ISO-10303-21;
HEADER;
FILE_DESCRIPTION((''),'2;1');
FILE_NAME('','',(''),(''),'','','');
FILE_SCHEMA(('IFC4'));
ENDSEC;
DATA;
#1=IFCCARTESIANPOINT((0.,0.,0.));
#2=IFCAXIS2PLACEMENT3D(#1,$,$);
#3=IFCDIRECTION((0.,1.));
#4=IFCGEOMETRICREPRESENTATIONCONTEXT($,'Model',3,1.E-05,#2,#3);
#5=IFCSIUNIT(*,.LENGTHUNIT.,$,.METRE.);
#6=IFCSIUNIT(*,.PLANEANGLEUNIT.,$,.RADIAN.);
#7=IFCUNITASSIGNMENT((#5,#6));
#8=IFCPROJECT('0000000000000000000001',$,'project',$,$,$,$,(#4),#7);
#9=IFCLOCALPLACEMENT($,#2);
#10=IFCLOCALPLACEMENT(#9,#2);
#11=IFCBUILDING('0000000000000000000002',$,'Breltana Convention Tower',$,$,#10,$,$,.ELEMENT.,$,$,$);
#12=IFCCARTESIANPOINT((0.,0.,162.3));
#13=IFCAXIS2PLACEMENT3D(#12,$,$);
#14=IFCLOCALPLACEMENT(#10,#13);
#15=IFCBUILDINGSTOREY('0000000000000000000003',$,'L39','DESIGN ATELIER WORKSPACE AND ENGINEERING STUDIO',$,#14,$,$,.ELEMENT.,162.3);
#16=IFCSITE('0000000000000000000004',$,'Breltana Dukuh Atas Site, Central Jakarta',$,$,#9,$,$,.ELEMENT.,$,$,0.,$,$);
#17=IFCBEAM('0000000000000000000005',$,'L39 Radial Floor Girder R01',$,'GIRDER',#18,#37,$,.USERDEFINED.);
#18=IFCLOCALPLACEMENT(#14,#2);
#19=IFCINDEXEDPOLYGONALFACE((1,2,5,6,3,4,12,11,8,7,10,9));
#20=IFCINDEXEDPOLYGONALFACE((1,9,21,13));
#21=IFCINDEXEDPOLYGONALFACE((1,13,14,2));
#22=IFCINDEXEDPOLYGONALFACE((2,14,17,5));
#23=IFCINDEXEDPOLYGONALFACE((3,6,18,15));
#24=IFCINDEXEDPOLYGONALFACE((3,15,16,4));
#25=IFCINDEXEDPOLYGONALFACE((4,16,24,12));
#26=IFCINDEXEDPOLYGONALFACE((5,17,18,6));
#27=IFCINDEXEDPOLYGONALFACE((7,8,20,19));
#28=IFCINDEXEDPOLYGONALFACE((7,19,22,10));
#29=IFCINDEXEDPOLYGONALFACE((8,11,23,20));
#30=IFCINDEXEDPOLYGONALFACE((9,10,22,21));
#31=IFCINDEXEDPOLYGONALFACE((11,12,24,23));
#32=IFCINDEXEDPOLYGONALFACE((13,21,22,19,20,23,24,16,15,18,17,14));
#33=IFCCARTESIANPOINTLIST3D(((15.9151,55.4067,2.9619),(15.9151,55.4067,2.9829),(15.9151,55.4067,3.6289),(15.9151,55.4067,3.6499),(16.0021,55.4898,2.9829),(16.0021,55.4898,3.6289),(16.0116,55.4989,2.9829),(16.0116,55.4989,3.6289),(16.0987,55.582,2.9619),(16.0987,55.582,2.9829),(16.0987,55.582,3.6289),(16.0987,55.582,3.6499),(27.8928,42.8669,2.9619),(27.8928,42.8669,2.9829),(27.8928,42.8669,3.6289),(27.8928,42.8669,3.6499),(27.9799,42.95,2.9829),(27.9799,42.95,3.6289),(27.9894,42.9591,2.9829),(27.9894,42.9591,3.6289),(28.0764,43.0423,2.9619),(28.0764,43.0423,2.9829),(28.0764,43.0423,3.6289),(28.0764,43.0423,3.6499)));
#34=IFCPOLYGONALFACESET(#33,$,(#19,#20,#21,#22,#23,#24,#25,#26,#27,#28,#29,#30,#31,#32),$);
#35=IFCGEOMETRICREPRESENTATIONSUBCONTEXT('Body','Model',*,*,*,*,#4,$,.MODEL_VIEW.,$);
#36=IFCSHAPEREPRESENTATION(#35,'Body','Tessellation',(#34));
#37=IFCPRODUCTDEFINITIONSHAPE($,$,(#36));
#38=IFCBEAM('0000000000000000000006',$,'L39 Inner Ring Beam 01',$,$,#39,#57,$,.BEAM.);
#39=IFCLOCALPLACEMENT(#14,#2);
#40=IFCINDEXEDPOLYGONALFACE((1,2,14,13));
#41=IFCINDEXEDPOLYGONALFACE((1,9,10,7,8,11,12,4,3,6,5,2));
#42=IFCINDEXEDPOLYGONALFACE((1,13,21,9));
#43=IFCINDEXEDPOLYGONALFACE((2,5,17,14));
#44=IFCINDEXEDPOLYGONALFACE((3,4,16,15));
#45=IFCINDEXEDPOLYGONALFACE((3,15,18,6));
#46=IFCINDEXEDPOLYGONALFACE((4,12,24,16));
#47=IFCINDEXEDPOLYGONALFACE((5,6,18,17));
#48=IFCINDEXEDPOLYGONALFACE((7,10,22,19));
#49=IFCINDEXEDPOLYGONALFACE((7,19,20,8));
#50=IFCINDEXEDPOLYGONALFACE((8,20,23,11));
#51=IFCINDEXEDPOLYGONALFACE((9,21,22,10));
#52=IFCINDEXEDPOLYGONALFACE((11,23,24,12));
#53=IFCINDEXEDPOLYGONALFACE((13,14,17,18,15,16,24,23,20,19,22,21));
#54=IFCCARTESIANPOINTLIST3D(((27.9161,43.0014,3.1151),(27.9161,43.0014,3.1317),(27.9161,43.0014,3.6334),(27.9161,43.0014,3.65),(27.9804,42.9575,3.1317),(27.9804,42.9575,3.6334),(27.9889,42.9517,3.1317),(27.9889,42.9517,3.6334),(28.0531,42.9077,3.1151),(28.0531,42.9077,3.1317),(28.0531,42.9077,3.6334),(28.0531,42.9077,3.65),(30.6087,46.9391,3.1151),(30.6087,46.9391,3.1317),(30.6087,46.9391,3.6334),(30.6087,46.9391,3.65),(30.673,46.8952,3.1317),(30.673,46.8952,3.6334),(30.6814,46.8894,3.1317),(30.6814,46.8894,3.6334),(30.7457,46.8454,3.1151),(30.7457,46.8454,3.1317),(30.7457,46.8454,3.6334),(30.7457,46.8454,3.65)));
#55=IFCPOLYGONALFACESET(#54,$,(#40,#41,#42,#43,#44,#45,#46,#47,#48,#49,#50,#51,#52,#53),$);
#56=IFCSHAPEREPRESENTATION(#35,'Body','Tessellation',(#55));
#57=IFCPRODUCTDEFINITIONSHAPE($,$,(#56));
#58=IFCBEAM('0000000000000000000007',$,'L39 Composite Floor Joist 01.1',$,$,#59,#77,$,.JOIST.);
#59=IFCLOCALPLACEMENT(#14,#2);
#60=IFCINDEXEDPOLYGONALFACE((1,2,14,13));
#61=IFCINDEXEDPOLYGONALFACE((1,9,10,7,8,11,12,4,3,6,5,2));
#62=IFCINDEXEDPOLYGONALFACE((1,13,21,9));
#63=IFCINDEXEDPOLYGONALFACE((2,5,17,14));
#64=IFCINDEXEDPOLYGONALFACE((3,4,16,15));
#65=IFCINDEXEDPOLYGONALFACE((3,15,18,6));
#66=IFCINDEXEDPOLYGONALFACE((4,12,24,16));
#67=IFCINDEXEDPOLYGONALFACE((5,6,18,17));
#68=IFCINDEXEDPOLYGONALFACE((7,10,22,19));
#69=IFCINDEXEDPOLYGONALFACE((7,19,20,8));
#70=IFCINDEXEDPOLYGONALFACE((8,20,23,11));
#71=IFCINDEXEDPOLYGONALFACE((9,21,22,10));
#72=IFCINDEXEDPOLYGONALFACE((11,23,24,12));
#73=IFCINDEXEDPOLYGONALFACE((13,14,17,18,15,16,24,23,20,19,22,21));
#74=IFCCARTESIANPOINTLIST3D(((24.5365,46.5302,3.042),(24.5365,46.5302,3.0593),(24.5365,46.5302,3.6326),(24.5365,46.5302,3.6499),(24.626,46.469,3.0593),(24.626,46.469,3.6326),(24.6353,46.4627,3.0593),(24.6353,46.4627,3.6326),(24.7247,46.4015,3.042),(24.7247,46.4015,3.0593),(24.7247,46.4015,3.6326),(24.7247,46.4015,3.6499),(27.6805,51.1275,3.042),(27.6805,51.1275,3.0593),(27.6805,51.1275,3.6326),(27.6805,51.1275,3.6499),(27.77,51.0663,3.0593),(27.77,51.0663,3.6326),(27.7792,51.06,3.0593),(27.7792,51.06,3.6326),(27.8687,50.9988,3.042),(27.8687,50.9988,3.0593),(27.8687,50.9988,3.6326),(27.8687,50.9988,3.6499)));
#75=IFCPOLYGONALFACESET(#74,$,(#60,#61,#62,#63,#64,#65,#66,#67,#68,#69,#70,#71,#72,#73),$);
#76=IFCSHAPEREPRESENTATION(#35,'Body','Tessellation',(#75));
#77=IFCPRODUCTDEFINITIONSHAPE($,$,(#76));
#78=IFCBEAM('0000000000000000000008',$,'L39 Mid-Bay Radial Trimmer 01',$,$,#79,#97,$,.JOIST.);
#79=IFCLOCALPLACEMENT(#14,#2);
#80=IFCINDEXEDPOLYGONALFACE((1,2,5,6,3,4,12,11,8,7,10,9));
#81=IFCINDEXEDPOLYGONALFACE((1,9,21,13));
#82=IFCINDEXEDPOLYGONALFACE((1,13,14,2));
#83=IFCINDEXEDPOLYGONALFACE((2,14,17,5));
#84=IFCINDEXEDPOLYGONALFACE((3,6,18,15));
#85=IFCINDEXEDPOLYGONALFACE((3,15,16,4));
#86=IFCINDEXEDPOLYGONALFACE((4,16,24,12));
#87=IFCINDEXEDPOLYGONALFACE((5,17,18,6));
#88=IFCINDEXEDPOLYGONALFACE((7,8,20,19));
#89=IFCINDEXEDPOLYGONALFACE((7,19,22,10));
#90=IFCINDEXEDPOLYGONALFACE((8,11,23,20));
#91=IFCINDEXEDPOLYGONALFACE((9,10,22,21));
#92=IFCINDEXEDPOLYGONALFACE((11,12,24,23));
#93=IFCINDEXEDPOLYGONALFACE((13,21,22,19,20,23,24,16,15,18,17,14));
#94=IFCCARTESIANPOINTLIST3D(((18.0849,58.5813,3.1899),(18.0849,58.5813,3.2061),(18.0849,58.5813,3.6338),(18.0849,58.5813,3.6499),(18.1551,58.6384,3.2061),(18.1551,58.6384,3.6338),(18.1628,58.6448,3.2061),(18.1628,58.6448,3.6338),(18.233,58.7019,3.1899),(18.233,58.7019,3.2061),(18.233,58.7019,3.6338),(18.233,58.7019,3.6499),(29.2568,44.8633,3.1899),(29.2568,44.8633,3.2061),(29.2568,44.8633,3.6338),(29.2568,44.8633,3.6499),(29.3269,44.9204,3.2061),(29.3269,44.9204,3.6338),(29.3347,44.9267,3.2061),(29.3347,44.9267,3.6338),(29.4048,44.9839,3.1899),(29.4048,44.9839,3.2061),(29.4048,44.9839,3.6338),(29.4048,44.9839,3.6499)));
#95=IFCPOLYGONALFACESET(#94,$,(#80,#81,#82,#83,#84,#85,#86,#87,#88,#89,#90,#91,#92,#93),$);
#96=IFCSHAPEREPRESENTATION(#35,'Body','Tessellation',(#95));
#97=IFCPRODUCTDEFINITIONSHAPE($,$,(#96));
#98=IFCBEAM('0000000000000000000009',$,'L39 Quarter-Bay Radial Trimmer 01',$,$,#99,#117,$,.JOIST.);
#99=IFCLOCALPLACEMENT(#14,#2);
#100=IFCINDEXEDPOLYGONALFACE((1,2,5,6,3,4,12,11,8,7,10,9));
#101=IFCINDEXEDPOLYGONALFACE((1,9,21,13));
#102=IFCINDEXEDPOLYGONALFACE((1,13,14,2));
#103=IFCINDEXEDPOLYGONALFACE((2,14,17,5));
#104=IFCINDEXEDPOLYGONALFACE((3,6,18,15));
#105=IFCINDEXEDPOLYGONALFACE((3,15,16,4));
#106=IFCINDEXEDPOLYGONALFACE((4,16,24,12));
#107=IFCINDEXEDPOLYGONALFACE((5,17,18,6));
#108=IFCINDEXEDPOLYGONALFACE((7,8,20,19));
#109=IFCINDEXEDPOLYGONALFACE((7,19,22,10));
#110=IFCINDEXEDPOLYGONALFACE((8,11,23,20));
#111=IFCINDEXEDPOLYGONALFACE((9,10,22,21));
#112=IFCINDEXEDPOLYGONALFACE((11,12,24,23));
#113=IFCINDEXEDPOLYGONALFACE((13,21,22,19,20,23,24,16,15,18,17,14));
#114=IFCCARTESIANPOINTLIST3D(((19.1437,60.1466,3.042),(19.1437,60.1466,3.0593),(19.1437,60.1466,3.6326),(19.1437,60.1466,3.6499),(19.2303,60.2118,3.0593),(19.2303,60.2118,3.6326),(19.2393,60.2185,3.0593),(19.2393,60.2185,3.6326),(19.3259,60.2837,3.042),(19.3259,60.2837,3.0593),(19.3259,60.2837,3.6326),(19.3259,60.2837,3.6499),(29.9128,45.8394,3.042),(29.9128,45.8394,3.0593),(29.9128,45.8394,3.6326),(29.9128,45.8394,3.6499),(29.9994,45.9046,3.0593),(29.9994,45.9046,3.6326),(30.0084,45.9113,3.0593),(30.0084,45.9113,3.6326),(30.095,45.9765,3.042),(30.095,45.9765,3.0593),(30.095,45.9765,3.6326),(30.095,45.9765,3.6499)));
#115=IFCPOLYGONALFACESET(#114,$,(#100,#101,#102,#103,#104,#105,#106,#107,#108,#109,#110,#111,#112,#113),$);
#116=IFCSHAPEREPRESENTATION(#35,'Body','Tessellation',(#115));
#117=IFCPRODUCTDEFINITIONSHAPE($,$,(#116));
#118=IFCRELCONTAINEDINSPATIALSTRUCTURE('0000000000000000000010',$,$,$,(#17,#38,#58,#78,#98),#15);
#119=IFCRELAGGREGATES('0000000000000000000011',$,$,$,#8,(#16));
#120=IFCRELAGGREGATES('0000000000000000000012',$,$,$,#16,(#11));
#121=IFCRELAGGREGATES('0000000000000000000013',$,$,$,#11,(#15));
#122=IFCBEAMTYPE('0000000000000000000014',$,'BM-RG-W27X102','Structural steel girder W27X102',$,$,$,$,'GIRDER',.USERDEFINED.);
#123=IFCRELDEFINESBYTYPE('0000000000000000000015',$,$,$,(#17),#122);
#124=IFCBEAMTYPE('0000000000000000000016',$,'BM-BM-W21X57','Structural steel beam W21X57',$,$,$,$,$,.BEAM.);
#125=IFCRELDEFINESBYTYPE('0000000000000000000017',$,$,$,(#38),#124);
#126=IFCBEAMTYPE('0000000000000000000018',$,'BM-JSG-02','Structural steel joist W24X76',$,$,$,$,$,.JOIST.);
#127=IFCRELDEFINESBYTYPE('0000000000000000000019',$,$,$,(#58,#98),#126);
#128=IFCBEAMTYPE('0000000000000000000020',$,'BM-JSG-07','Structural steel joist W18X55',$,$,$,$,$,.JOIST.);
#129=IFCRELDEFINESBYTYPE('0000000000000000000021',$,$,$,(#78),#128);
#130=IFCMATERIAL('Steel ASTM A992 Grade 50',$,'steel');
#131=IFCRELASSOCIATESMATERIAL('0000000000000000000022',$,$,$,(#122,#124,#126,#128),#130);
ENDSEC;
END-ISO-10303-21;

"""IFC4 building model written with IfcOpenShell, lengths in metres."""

from ifc_helpers import new_model, si_unit, direction, frame, origin, origin_2d, place, context, subcontext, project, spatial, i_section, extrude, source, transform, mapped, material, material_profile, profile_set, type_object, type_shapes, element, save


model = new_model("IFC4")

# Units and contexts
model_context = context("Model", 3, precision=1e-05, world=origin(), true_north=direction((0.0, 1.0)))
body_context = subcontext(model_context, "Body", "Model", "MODEL_VIEW")
ifc_project = project(units=[si_unit("LENGTHUNIT", "METRE"), si_unit("PLANEANGLEUNIT", "RADIAN")], contexts=[model_context])

# Site, building, storey
site_placement = place(None, origin())
site = spatial("IfcSite", under=ifc_project, at=site_placement, Name="Breltana Dukuh Atas Site, Central Jakarta", CompositionType="ELEMENT", RefElevation=0.0)
building_placement = place(site_placement, origin())
building = spatial("IfcBuilding", under=site, at=building_placement, Name="Breltana Convention Tower", CompositionType="ELEMENT")
storey_placement = place(building_placement, frame((0.0, 0.0, 162.3)))
storey = spatial("IfcBuildingStorey", under=building, at=storey_placement, Name="L39", Description="DESIGN ATELIER WORKSPACE AND ENGINEERING STUDIO", CompositionType="ELEMENT", Elevation=162.3)

# Beams
ifc_material_1 = material(Name="Steel ASTM A992 Grade 50", Category="steel")
ifc_material_profile_1 = material_profile(ifc_material_1, i_section(OverallWidth=0.2539, OverallDepth=0.688, WebThickness=0.0132, FlangeThickness=0.021, at=origin_2d()), Name="W27X102")
ifc_profile_set_1 = profile_set([ifc_material_profile_1], Name="Steel ASTM A992 Grade 50")
beam_type_1 = type_object("IfcBeamType", Name="BM-RG-W27X102", Description="Structural steel girder W27X102", ElementType="GIRDER", PredefinedType="USERDEFINED", material=ifc_profile_set_1)
shared_shape_1 = source(origin(), body_context, "Body", "SweptSolid", [
    extrude(i_section(OverallWidth=0.2539, OverallDepth=0.688, WebThickness=0.0132, FlangeThickness=0.021, at=origin_2d()), origin(), (0.0, 0.0, 1.0), 17.3411),
])
type_shapes(beam_type_1, [shared_shape_1])
beam_1_placement = place(storey_placement, frame((27.9846, 42.9546, 3.3059), z_axis=(-0.690716, 0.723126, 0.0), x_axis=(-0.723126, -0.690716, 0.0)))
element("IfcBeam", 1, at=beam_1_placement, inside=storey, type_object=beam_type_1, Name="L39 Radial Floor Girder R01", ObjectType="GIRDER", PredefinedType="USERDEFINED", context=body_context, shape_type="MappedRepresentation", body=[
    mapped(shared_shape_1, transform((0.0, 0.0, 0.0), scale=1.0)),
])
ifc_material_profile_2 = material_profile(ifc_material_1, i_section(OverallWidth=0.166, OverallDepth=0.5349, WebThickness=0.0103, FlangeThickness=0.0166, at=origin_2d()), Name="W21X57")
ifc_profile_set_2 = profile_set([ifc_material_profile_2], Name="Steel ASTM A992 Grade 50")
beam_type_2 = type_object("IfcBeamType", Name="BM-BM-W21X57", Description="Structural steel beam W21X57", PredefinedType="BEAM", material=ifc_profile_set_2)
shared_shape_2 = source(origin(), body_context, "Body", "SweptSolid", [
    extrude(i_section(OverallWidth=0.166, OverallDepth=0.5349, WebThickness=0.0103, FlangeThickness=0.0166, at=origin_2d()), origin(), (0.0, 0.0, 1.0), 4.7703),
])
beam_2_placement = place(storey_placement, frame((27.9846, 42.9546, 3.3826), z_axis=(0.564453, 0.825465, 0.0), x_axis=(-0.825465, 0.564453, 0.0)))
element("IfcBeam", 2, at=beam_2_placement, inside=storey, type_object=beam_type_2, Name="L39 Inner Ring Beam 01", PredefinedType="BEAM", context=body_context, shape_type="MappedRepresentation", body=[
    mapped(shared_shape_2, transform((0.0, 0.0, 0.0), scale=1.0)),
])
ifc_material_profile_3 = material_profile(ifc_material_1, i_section(OverallWidth=0.228, OverallDepth=0.6079, WebThickness=0.0112, FlangeThickness=0.0173, at=origin_2d()), Name="W24X76")
ifc_profile_set_3 = profile_set([ifc_material_profile_3], Name="Steel ASTM A992 Grade 50")
beam_type_3 = type_object("IfcBeamType", Name="BM-JSG-02", Description="Structural steel joist W24X76", PredefinedType="JOIST", material=ifc_profile_set_3)
shared_shape_3 = source(origin(), body_context, "Body", "SweptSolid", [
    extrude(i_section(OverallWidth=0.228, OverallDepth=0.6079, WebThickness=0.0112, FlangeThickness=0.0173, at=origin_2d()), origin(), (0.0, 0.0, 1.0), 5.5696),
])
beam_3_placement = place(storey_placement, frame((24.6306, 46.4658, 3.3459), z_axis=(0.564494, 0.825437, 0.0), x_axis=(-0.825437, 0.564494, 0.0)))
element("IfcBeam", 3, at=beam_3_placement, inside=storey, type_object=beam_type_3, Name="L39 Composite Floor Joist 01.1", PredefinedType="JOIST", context=body_context, shape_type="MappedRepresentation", body=[
    mapped(shared_shape_3, transform((0.0, 0.0, 0.0), scale=1.0)),
])
ifc_material_profile_4 = material_profile(ifc_material_1, i_section(OverallWidth=0.1909, OverallDepth=0.46, WebThickness=0.01, FlangeThickness=0.0161, at=origin_2d()), Name="W18X55")
ifc_profile_set_4 = profile_set([ifc_material_profile_4], Name="Steel ASTM A992 Grade 50")
beam_type_4 = type_object("IfcBeamType", Name="BM-JSG-07", Description="Structural steel joist W18X55", PredefinedType="JOIST", material=ifc_profile_set_4)
shared_shape_4 = source(origin(), body_context, "Body", "SweptSolid", [
    extrude(i_section(OverallWidth=0.1909, OverallDepth=0.46, WebThickness=0.01, FlangeThickness=0.0161, at=origin_2d()), origin(), (0.0, 0.0, 1.0), 17.6917),
])
beam_4_placement = place(storey_placement, frame((29.3308, 44.9236, 3.4199), z_axis=(-0.631477, 0.775395, 0.0), x_axis=(-0.775395, -0.631477, 0.0)))
element("IfcBeam", 4, at=beam_4_placement, inside=storey, type_object=beam_type_4, Name="L39 Mid-Bay Radial Trimmer 01", PredefinedType="JOIST", context=body_context, shape_type="MappedRepresentation", body=[
    mapped(shared_shape_4, transform((0.0, 0.0, 0.0), scale=1.0)),
])
shared_shape_5 = source(origin(), body_context, "Body", "SweptSolid", [
    extrude(i_section(OverallWidth=0.228, OverallDepth=0.6079, WebThickness=0.0112, FlangeThickness=0.0173, at=origin_2d()), origin(), (0.0, 0.0, 1.0), 17.9072),
])
beam_5_placement = place(storey_placement, frame((30.0039, 45.908, 3.3459), z_axis=(-0.601382, 0.798962, 0.0), x_axis=(-0.798962, -0.601382, 0.0)))
element("IfcBeam", 5, at=beam_5_placement, inside=storey, type_object=beam_type_3, Name="L39 Quarter-Bay Radial Trimmer 01", PredefinedType="JOIST", context=body_context, shape_type="MappedRepresentation", body=[
    mapped(shared_shape_5, transform((0.0, 0.0, 0.0), scale=1.0)),
])

save(model, "model.ifc")
